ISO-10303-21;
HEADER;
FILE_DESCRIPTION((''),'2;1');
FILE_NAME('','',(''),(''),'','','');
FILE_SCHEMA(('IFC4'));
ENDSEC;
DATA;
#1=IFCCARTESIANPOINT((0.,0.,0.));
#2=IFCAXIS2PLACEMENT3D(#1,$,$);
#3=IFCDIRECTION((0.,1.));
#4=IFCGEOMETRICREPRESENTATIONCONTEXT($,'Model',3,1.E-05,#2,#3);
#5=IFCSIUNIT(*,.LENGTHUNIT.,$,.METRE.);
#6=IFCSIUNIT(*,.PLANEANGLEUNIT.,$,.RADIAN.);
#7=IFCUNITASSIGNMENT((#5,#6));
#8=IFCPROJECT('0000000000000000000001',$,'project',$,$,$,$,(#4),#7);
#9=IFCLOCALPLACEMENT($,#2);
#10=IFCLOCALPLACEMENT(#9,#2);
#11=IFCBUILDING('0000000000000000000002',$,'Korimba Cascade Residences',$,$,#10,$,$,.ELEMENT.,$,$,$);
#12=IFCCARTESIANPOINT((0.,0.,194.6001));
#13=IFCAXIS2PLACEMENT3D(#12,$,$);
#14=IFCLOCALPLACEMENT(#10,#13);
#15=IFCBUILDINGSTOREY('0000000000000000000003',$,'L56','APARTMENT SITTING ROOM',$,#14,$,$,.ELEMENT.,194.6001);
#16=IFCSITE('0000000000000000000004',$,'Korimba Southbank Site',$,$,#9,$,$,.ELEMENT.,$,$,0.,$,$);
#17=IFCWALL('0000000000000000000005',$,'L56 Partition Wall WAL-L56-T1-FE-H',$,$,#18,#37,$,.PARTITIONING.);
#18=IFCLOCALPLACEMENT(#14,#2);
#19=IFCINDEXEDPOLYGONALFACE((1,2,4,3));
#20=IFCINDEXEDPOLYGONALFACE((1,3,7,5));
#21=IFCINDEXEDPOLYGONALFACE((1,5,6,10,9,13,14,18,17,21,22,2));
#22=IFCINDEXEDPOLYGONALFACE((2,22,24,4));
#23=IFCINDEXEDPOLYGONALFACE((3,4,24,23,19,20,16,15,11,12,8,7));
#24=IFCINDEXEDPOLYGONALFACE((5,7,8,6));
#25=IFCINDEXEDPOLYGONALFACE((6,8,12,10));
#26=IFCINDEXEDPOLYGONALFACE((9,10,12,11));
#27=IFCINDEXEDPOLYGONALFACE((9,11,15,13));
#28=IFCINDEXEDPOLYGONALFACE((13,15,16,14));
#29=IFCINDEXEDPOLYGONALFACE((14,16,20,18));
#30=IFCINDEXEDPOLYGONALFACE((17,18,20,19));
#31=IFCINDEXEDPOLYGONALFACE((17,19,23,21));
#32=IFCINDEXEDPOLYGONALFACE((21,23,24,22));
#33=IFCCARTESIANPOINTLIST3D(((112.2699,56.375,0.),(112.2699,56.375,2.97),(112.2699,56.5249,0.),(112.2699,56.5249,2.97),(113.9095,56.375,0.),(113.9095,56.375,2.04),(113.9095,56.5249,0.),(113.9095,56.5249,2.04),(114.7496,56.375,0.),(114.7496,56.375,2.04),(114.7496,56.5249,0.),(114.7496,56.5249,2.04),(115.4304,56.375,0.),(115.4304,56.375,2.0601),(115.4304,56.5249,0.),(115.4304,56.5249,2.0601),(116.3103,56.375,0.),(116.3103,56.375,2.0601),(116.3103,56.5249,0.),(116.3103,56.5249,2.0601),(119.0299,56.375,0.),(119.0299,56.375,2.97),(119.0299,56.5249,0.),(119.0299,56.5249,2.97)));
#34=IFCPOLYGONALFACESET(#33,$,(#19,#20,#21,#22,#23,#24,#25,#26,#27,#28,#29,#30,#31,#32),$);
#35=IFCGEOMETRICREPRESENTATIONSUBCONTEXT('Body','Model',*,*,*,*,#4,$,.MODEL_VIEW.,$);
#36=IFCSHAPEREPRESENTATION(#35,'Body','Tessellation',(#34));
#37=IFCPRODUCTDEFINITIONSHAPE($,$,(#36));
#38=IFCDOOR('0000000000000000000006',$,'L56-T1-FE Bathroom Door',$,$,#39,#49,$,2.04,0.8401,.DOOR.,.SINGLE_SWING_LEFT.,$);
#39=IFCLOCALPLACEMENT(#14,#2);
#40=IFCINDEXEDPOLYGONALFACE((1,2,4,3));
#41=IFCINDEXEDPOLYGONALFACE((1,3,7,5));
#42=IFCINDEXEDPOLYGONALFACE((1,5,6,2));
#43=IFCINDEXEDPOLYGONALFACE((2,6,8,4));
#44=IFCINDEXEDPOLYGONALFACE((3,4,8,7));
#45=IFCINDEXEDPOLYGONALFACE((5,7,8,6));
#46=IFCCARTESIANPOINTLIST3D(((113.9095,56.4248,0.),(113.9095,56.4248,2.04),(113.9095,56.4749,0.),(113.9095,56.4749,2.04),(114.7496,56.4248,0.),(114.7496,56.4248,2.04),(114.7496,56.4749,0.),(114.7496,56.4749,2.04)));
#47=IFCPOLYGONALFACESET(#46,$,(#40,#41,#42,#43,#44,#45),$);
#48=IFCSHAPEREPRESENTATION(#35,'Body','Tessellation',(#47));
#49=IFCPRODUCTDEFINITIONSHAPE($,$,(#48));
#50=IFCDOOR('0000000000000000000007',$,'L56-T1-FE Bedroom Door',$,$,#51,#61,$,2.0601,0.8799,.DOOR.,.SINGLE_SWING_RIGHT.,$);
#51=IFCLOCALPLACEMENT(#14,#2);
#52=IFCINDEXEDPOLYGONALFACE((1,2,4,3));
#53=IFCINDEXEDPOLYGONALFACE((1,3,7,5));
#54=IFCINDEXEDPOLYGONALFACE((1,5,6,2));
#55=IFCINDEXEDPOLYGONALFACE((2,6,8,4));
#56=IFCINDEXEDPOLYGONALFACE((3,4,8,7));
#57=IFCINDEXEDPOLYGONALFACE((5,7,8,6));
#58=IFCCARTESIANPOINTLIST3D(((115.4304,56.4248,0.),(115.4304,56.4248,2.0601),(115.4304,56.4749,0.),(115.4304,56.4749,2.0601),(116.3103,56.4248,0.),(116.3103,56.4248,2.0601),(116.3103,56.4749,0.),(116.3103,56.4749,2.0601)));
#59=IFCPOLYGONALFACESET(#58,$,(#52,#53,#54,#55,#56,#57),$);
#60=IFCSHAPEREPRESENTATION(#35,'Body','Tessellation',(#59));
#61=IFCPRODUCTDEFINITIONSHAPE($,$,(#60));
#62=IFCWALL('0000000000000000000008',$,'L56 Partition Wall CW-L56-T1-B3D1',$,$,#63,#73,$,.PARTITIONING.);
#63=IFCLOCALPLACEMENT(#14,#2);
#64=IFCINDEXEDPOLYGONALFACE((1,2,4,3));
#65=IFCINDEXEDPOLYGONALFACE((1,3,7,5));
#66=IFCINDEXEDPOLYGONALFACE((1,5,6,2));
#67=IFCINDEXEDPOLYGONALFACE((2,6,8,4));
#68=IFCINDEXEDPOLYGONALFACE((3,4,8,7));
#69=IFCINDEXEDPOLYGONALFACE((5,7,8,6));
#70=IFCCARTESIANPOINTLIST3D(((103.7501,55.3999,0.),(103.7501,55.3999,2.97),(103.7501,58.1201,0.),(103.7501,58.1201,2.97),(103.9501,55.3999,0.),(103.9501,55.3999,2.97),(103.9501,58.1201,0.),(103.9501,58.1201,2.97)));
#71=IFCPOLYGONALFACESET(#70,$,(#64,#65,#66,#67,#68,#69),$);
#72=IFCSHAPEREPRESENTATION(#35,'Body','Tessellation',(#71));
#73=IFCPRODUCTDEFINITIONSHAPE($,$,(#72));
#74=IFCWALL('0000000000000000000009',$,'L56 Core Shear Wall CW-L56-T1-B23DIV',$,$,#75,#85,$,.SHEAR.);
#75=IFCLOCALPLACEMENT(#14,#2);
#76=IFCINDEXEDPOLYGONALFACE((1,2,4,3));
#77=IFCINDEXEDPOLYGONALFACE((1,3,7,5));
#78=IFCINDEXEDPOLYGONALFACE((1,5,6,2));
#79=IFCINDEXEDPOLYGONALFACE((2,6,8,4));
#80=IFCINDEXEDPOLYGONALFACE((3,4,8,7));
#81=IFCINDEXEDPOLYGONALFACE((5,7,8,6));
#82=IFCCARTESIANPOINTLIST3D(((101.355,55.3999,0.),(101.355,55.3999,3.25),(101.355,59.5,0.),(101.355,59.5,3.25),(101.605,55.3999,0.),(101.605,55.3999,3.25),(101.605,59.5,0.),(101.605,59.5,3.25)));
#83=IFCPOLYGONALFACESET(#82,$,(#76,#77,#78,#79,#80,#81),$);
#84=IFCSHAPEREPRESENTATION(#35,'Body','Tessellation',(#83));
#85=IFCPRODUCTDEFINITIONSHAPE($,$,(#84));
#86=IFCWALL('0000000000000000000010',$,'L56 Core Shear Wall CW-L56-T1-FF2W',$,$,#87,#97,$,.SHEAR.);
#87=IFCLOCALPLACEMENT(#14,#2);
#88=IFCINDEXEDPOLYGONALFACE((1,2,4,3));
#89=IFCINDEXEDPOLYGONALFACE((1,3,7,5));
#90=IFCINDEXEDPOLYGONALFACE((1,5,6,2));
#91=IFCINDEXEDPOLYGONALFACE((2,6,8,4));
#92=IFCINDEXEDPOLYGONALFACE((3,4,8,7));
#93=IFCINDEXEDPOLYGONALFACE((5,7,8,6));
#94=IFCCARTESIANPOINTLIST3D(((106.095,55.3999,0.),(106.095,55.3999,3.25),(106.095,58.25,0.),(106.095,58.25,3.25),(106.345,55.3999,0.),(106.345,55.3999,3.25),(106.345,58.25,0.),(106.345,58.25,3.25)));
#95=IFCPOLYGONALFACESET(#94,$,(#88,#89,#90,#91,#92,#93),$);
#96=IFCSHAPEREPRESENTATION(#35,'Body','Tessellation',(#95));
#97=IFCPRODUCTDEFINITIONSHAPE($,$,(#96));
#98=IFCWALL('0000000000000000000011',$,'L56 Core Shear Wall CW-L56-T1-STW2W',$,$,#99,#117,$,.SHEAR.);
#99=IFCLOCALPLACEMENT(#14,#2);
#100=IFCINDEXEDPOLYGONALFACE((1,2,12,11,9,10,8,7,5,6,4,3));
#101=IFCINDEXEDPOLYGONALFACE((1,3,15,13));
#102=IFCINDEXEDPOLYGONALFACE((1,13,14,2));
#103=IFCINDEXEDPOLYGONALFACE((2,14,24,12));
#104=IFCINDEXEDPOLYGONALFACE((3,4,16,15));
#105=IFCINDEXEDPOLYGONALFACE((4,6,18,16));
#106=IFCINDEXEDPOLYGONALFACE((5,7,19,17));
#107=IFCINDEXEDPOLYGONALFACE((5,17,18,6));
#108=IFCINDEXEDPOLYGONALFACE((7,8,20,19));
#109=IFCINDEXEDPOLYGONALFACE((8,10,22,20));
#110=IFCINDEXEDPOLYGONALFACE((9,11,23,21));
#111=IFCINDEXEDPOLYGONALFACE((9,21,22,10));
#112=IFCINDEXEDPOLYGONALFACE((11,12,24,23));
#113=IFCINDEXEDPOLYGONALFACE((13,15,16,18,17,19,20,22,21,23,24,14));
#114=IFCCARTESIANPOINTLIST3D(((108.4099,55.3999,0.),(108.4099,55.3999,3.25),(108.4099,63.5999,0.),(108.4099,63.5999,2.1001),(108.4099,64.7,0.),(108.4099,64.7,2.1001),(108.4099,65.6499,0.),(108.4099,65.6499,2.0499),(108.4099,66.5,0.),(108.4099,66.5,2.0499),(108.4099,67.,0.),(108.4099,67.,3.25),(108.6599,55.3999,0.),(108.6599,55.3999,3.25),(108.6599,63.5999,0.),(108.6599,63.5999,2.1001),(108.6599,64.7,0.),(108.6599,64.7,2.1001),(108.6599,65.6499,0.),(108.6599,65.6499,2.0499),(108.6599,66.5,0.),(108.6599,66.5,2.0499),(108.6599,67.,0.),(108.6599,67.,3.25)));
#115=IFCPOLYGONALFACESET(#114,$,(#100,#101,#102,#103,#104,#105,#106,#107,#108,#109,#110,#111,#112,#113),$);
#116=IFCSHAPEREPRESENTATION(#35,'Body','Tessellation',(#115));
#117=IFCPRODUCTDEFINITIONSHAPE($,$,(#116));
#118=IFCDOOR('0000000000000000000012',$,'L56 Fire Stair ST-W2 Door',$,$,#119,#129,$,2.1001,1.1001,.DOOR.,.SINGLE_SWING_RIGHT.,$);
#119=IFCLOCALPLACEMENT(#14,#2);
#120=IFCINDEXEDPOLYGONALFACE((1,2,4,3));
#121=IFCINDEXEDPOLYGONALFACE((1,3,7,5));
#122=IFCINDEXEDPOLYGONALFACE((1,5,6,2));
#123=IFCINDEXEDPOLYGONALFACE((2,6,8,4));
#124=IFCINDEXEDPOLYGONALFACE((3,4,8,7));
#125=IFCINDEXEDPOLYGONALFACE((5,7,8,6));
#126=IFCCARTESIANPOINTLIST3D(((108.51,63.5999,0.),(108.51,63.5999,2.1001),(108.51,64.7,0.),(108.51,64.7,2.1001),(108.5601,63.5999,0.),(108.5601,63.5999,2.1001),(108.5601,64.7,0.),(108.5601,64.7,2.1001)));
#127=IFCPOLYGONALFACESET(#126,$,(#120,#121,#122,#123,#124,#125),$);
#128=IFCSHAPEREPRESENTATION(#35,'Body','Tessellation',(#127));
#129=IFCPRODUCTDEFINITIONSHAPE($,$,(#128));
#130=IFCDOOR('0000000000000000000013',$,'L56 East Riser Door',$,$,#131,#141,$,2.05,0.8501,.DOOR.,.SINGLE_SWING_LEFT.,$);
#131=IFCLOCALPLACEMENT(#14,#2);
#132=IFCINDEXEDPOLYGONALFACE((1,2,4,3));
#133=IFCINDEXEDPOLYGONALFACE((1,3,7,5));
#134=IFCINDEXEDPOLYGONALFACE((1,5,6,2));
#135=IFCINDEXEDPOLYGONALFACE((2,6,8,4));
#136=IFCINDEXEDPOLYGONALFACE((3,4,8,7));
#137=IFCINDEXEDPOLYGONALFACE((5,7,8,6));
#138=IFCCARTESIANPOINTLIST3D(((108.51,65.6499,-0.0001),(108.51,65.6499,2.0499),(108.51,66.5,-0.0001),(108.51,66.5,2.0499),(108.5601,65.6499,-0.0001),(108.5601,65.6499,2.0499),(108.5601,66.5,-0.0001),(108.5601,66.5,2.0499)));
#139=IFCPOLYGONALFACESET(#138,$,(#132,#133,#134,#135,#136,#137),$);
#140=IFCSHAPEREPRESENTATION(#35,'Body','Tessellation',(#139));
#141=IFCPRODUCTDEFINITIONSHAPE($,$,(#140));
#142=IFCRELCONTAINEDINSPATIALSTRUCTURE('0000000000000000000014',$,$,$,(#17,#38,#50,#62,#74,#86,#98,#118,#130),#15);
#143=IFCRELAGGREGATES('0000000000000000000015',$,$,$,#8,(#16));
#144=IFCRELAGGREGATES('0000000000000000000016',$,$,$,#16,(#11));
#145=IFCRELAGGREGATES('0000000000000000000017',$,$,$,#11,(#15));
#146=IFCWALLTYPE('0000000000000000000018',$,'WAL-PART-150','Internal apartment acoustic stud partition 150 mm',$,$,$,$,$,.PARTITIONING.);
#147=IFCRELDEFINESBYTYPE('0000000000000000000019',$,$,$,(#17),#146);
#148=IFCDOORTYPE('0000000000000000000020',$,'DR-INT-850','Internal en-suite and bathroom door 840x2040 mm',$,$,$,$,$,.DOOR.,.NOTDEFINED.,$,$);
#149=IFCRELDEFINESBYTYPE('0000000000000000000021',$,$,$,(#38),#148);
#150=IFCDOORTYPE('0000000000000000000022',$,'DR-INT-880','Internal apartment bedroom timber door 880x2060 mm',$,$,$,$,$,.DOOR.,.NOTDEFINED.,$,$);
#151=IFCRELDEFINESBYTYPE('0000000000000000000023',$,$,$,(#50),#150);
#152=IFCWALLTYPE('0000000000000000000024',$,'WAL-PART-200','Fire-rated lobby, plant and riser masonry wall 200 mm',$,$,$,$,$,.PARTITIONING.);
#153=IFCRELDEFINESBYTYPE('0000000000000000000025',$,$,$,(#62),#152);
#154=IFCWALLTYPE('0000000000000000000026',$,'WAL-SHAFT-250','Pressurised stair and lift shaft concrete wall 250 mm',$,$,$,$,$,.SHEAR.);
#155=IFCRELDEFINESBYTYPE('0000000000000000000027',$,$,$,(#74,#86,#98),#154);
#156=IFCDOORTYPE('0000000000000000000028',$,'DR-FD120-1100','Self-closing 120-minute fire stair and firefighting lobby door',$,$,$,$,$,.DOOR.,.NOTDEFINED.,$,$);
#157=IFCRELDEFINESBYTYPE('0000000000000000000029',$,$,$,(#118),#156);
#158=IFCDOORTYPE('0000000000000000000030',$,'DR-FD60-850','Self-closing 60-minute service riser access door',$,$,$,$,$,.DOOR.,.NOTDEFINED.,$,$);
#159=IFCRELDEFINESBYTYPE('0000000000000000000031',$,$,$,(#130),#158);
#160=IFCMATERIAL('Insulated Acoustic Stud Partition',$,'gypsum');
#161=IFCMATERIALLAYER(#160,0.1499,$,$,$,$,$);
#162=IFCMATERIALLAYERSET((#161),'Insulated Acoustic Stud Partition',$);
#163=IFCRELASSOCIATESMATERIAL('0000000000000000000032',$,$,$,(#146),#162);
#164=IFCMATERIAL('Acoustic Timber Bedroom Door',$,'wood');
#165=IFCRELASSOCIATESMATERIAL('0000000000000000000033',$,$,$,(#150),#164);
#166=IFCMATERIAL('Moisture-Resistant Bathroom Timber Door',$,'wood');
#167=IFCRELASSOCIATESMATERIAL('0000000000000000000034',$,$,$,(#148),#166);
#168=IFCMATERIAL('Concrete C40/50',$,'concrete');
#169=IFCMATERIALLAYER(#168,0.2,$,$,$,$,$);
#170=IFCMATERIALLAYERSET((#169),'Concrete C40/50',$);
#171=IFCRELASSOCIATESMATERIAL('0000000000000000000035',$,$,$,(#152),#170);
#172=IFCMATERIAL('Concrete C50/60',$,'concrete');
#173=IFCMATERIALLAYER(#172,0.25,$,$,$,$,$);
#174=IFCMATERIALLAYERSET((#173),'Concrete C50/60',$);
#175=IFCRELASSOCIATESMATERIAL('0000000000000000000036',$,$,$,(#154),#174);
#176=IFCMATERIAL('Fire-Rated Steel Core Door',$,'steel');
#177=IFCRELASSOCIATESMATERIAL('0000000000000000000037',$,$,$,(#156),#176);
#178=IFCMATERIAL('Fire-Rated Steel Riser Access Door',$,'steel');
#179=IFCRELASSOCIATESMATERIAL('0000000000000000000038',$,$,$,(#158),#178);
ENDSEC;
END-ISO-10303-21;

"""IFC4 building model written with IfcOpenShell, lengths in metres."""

from ifc_helpers import new_model, si_unit, direction, frame, frame_2d, origin, place, context, subcontext, project, spatial, rectangle, extrude, material, layer, layer_set, type_object, element, fill, save


model = new_model("IFC4")

# Units and contexts
model_context = context("Model", 3, precision=1e-05, world=origin(), true_north=direction((0.0, 1.0)))
body_context = subcontext(model_context, "Body", "Model", "MODEL_VIEW")
ifc_project = project(units=[si_unit("LENGTHUNIT", "METRE"), si_unit("PLANEANGLEUNIT", "RADIAN")], contexts=[model_context])

# Site, building, storey
site_placement = place(None, origin())
site = spatial("IfcSite", under=ifc_project, at=site_placement, Name="Korimba Southbank Site", CompositionType="ELEMENT", RefElevation=0.0)
building_placement = place(site_placement, origin())
building = spatial("IfcBuilding", under=site, at=building_placement, Name="Korimba Cascade Residences", CompositionType="ELEMENT")
storey_placement = place(building_placement, frame((0.0, 0.0, 194.6001)))
storey = spatial("IfcBuildingStorey", under=building, at=storey_placement, Name="L56", Description="APARTMENT SITTING ROOM", CompositionType="ELEMENT", Elevation=194.6001)

# Shared definitions
ifc_material_1 = material(Name="Insulated Acoustic Stud Partition", Category="gypsum")
ifc_layer_1 = layer(ifc_material_1, 0.1499)
ifc_layer_set_1 = layer_set([ifc_layer_1], Name="Insulated Acoustic Stud Partition")
wall_type_1 = type_object("IfcWallType", Name="WAL-PART-150", Description="Internal apartment acoustic stud partition 150 mm", PredefinedType="PARTITIONING", material=ifc_layer_set_1)
ifc_material_2 = material(Name="Acoustic Timber Bedroom Door", Category="wood")
door_type_1 = type_object("IfcDoorType", Name="DR-INT-880", Description="Internal apartment bedroom timber door 880x2060 mm", OperationType="NOTDEFINED", PredefinedType="DOOR", material=ifc_material_2)

# Wall, openings, doors
wall_1_placement = place(storey_placement, frame((112.27, 56.45, 0.0), z_axis=(0.0, 0.0, 1.0), x_axis=(1.0, 0.0, 0.0)))
wall_1 = element("IfcWall", 1, at=wall_1_placement, inside=storey, type_object=wall_type_1, Name="L56 Partition Wall WAL-L56-T1-FE-H", PredefinedType="PARTITIONING", context=body_context, shape_type="SweptSolid", body=[
    extrude(rectangle(XDim=6.76, YDim=0.1499, at=frame_2d((3.3799, 0.0))), origin(), (0.0, 0.0, 1.0), 2.97),
])
opening_1_placement = place(wall_1_placement, frame((1.6396, 0.0, 0.0)))
opening_1 = element("IfcOpeningElement", 2, at=opening_1_placement, cuts=wall_1, PredefinedType="OPENING", context=body_context, shape_type="SweptSolid", body=[
    extrude(rectangle(XDim=0.8401, YDim=2.04, at=frame_2d((0.4199, 1.02))), frame((0.0, 0.085, 0.0), z_axis=(0.0, -1.0, 0.0), x_axis=(1.0, 0.0, 0.0)), (0.0, 0.0, 1.0), 0.1699),
])
opening_2_placement = place(wall_1_placement, frame((3.1604, 0.0, 0.0)))
opening_2 = element("IfcOpeningElement", 3, at=opening_2_placement, cuts=wall_1, PredefinedType="OPENING", context=body_context, shape_type="SweptSolid", body=[
    extrude(rectangle(XDim=0.8799, YDim=2.0601, at=frame_2d((0.4399, 1.03))), frame((0.0, 0.085, 0.0), z_axis=(0.0, -1.0, 0.0), x_axis=(1.0, 0.0, 0.0)), (0.0, 0.0, 1.0), 0.1699),
])
ifc_material_3 = material(Name="Moisture-Resistant Bathroom Timber Door", Category="wood")
door_type_2 = type_object("IfcDoorType", Name="DR-INT-850", Description="Internal en-suite and bathroom door 840x2040 mm", OperationType="NOTDEFINED", PredefinedType="DOOR", material=ifc_material_3)
door_1_placement = place(opening_1_placement, origin())
door_1 = element("IfcDoor", 4, at=door_1_placement, inside=storey, type_object=door_type_2, Name="L56-T1-FE Bathroom Door", OperationType="SINGLE_SWING_LEFT", OverallHeight=2.04, OverallWidth=0.8401, PredefinedType="DOOR", context=body_context, shape_type="SweptSolid", body=[
    extrude(rectangle(XDim=0.8401, YDim=2.04, at=frame_2d((0.4199, 1.02))), frame((0.0, 0.0249, 0.0), z_axis=(0.0, -1.0, 0.0), x_axis=(1.0, 0.0, 0.0)), (0.0, 0.0, 1.0), 0.05),
])
fill(opening_1, door_1)
door_2_placement = place(opening_2_placement, origin())
door_2 = element("IfcDoor", 5, at=door_2_placement, inside=storey, type_object=door_type_1, Name="L56-T1-FE Bedroom Door", OperationType="SINGLE_SWING_RIGHT", OverallHeight=2.0601, OverallWidth=0.8799, PredefinedType="DOOR", context=body_context, shape_type="SweptSolid", body=[
    extrude(rectangle(XDim=0.8799, YDim=2.0601, at=frame_2d((0.4399, 1.03))), frame((0.0, 0.0249, 0.0), z_axis=(0.0, -1.0, 0.0), x_axis=(1.0, 0.0, 0.0)), (0.0, 0.0, 1.0), 0.05),
])
fill(opening_2, door_2)

# Walls
ifc_material_4 = material(Name="Concrete C40/50", Category="concrete")
ifc_layer_2 = layer(ifc_material_4, 0.2)
ifc_layer_set_2 = layer_set([ifc_layer_2], Name="Concrete C40/50")
wall_type_2 = type_object("IfcWallType", Name="WAL-PART-200", Description="Fire-rated lobby, plant and riser masonry wall 200 mm", PredefinedType="PARTITIONING", material=ifc_layer_set_2)
wall_2_placement = place(storey_placement, frame((103.8501, 55.3999, 0.0), z_axis=(0.0, 0.0, 1.0), x_axis=(0.0, 1.0, 0.0)))
element("IfcWall", 6, at=wall_2_placement, inside=storey, type_object=wall_type_2, Name="L56 Partition Wall CW-L56-T1-B3D1", PredefinedType="PARTITIONING", context=body_context, shape_type="SweptSolid", body=[
    extrude(rectangle(XDim=2.7202, YDim=0.2, at=frame_2d((1.3601, 0.0))), origin(), (0.0, 0.0, 1.0), 2.97),
])
ifc_material_5 = material(Name="Concrete C50/60", Category="concrete")
ifc_layer_3 = layer(ifc_material_5, 0.25)
ifc_layer_set_3 = layer_set([ifc_layer_3], Name="Concrete C50/60")
wall_type_3 = type_object("IfcWallType", Name="WAL-SHAFT-250", Description="Pressurised stair and lift shaft concrete wall 250 mm", PredefinedType="SHEAR", material=ifc_layer_set_3)
wall_3_placement = place(storey_placement, frame((101.48, 55.3999, 0.0), z_axis=(0.0, 0.0, 1.0), x_axis=(0.0, 1.0, 0.0)))
element("IfcWall", 7, at=wall_3_placement, inside=storey, type_object=wall_type_3, Name="L56 Core Shear Wall CW-L56-T1-B23DIV", PredefinedType="SHEAR", context=body_context, shape_type="SweptSolid", body=[
    extrude(rectangle(XDim=4.1001, YDim=0.25, at=frame_2d((2.05, 0.0))), origin(), (0.0, 0.0, 1.0), 3.25),
])
wall_4_placement = place(storey_placement, frame((106.22, 55.3999, 0.0), z_axis=(0.0, 0.0, 1.0), x_axis=(0.0, 1.0, 0.0)))
element("IfcWall", 8, at=wall_4_placement, inside=storey, type_object=wall_type_3, Name="L56 Core Shear Wall CW-L56-T1-FF2W", PredefinedType="SHEAR", context=body_context, shape_type="SweptSolid", body=[
    extrude(rectangle(XDim=2.8501, YDim=0.25, at=frame_2d((1.425, 0.0))), origin(), (0.0, 0.0, 1.0), 3.25),
])

# Wall, openings, doors
wall_5_placement = place(storey_placement, frame((108.5349, 55.3999, 0.0), z_axis=(0.0, 0.0, 1.0), x_axis=(0.0, 1.0, 0.0)))
wall_5 = element("IfcWall", 9, at=wall_5_placement, inside=storey, type_object=wall_type_3, Name="L56 Core Shear Wall CW-L56-T1-STW2W", PredefinedType="SHEAR", context=body_context, shape_type="SweptSolid", body=[
    extrude(rectangle(XDim=11.6001, YDim=0.25, at=frame_2d((5.8, 0.0))), origin(), (0.0, 0.0, 1.0), 3.25),
])
opening_3_placement = place(wall_5_placement, frame((8.2, 0.0, 0.0)))
opening_3 = element("IfcOpeningElement", 10, at=opening_3_placement, cuts=wall_5, PredefinedType="OPENING", context=body_context, shape_type="SweptSolid", body=[
    extrude(rectangle(XDim=1.1001, YDim=2.1001, at=frame_2d((0.55, 1.05))), frame((0.0, 0.135, 0.0), z_axis=(0.0, -1.0, 0.0), x_axis=(1.0, 0.0, 0.0)), (0.0, 0.0, 1.0), 0.27),
])
opening_4_placement = place(wall_5_placement, frame((10.25, 0.0, 0.0)))
opening_4 = element("IfcOpeningElement", 11, at=opening_4_placement, cuts=wall_5, PredefinedType="OPENING", context=body_context, shape_type="SweptSolid", body=[
    extrude(rectangle(XDim=0.8501, YDim=2.05, at=frame_2d((0.425, 1.0249))), frame((0.0, 0.135, 0.0), z_axis=(0.0, -1.0, 0.0), x_axis=(1.0, 0.0, 0.0)), (0.0, 0.0, 1.0), 0.27),
])
ifc_material_6 = material(Name="Fire-Rated Steel Core Door", Category="steel")
door_type_3 = type_object("IfcDoorType", Name="DR-FD120-1100", Description="Self-closing 120-minute fire stair and firefighting lobby door", OperationType="NOTDEFINED", PredefinedType="DOOR", material=ifc_material_6)
door_3_placement = place(opening_3_placement, origin())
door_3 = element("IfcDoor", 12, at=door_3_placement, inside=storey, type_object=door_type_3, Name="L56 Fire Stair ST-W2 Door", OperationType="SINGLE_SWING_RIGHT", OverallHeight=2.1001, OverallWidth=1.1001, PredefinedType="DOOR", context=body_context, shape_type="SweptSolid", body=[
    extrude(rectangle(XDim=1.1001, YDim=2.1001, at=frame_2d((0.55, 1.05))), frame((0.0, 0.0249, 0.0), z_axis=(0.0, -1.0, 0.0), x_axis=(1.0, 0.0, 0.0)), (0.0, 0.0, 1.0), 0.05),
])
fill(opening_3, door_3)
ifc_material_7 = material(Name="Fire-Rated Steel Riser Access Door", Category="steel")
door_type_4 = type_object("IfcDoorType", Name="DR-FD60-850", Description="Self-closing 60-minute service riser access door", OperationType="NOTDEFINED", PredefinedType="DOOR", material=ifc_material_7)
door_4_placement = place(opening_4_placement, origin())
door_4 = element("IfcDoor", 13, at=door_4_placement, inside=storey, type_object=door_type_4, Name="L56 East Riser Door", OperationType="SINGLE_SWING_LEFT", OverallHeight=2.05, OverallWidth=0.8501, PredefinedType="DOOR", context=body_context, shape_type="SweptSolid", body=[
    extrude(rectangle(XDim=0.8501, YDim=2.05, at=frame_2d((0.425, 1.0249))), frame((0.0, 0.0249, 0.0), z_axis=(0.0, -1.0, 0.0), x_axis=(1.0, 0.0, 0.0)), (0.0, 0.0, 1.0), 0.05),
])
fill(opening_4, door_4)

save(model, "model.ifc")
